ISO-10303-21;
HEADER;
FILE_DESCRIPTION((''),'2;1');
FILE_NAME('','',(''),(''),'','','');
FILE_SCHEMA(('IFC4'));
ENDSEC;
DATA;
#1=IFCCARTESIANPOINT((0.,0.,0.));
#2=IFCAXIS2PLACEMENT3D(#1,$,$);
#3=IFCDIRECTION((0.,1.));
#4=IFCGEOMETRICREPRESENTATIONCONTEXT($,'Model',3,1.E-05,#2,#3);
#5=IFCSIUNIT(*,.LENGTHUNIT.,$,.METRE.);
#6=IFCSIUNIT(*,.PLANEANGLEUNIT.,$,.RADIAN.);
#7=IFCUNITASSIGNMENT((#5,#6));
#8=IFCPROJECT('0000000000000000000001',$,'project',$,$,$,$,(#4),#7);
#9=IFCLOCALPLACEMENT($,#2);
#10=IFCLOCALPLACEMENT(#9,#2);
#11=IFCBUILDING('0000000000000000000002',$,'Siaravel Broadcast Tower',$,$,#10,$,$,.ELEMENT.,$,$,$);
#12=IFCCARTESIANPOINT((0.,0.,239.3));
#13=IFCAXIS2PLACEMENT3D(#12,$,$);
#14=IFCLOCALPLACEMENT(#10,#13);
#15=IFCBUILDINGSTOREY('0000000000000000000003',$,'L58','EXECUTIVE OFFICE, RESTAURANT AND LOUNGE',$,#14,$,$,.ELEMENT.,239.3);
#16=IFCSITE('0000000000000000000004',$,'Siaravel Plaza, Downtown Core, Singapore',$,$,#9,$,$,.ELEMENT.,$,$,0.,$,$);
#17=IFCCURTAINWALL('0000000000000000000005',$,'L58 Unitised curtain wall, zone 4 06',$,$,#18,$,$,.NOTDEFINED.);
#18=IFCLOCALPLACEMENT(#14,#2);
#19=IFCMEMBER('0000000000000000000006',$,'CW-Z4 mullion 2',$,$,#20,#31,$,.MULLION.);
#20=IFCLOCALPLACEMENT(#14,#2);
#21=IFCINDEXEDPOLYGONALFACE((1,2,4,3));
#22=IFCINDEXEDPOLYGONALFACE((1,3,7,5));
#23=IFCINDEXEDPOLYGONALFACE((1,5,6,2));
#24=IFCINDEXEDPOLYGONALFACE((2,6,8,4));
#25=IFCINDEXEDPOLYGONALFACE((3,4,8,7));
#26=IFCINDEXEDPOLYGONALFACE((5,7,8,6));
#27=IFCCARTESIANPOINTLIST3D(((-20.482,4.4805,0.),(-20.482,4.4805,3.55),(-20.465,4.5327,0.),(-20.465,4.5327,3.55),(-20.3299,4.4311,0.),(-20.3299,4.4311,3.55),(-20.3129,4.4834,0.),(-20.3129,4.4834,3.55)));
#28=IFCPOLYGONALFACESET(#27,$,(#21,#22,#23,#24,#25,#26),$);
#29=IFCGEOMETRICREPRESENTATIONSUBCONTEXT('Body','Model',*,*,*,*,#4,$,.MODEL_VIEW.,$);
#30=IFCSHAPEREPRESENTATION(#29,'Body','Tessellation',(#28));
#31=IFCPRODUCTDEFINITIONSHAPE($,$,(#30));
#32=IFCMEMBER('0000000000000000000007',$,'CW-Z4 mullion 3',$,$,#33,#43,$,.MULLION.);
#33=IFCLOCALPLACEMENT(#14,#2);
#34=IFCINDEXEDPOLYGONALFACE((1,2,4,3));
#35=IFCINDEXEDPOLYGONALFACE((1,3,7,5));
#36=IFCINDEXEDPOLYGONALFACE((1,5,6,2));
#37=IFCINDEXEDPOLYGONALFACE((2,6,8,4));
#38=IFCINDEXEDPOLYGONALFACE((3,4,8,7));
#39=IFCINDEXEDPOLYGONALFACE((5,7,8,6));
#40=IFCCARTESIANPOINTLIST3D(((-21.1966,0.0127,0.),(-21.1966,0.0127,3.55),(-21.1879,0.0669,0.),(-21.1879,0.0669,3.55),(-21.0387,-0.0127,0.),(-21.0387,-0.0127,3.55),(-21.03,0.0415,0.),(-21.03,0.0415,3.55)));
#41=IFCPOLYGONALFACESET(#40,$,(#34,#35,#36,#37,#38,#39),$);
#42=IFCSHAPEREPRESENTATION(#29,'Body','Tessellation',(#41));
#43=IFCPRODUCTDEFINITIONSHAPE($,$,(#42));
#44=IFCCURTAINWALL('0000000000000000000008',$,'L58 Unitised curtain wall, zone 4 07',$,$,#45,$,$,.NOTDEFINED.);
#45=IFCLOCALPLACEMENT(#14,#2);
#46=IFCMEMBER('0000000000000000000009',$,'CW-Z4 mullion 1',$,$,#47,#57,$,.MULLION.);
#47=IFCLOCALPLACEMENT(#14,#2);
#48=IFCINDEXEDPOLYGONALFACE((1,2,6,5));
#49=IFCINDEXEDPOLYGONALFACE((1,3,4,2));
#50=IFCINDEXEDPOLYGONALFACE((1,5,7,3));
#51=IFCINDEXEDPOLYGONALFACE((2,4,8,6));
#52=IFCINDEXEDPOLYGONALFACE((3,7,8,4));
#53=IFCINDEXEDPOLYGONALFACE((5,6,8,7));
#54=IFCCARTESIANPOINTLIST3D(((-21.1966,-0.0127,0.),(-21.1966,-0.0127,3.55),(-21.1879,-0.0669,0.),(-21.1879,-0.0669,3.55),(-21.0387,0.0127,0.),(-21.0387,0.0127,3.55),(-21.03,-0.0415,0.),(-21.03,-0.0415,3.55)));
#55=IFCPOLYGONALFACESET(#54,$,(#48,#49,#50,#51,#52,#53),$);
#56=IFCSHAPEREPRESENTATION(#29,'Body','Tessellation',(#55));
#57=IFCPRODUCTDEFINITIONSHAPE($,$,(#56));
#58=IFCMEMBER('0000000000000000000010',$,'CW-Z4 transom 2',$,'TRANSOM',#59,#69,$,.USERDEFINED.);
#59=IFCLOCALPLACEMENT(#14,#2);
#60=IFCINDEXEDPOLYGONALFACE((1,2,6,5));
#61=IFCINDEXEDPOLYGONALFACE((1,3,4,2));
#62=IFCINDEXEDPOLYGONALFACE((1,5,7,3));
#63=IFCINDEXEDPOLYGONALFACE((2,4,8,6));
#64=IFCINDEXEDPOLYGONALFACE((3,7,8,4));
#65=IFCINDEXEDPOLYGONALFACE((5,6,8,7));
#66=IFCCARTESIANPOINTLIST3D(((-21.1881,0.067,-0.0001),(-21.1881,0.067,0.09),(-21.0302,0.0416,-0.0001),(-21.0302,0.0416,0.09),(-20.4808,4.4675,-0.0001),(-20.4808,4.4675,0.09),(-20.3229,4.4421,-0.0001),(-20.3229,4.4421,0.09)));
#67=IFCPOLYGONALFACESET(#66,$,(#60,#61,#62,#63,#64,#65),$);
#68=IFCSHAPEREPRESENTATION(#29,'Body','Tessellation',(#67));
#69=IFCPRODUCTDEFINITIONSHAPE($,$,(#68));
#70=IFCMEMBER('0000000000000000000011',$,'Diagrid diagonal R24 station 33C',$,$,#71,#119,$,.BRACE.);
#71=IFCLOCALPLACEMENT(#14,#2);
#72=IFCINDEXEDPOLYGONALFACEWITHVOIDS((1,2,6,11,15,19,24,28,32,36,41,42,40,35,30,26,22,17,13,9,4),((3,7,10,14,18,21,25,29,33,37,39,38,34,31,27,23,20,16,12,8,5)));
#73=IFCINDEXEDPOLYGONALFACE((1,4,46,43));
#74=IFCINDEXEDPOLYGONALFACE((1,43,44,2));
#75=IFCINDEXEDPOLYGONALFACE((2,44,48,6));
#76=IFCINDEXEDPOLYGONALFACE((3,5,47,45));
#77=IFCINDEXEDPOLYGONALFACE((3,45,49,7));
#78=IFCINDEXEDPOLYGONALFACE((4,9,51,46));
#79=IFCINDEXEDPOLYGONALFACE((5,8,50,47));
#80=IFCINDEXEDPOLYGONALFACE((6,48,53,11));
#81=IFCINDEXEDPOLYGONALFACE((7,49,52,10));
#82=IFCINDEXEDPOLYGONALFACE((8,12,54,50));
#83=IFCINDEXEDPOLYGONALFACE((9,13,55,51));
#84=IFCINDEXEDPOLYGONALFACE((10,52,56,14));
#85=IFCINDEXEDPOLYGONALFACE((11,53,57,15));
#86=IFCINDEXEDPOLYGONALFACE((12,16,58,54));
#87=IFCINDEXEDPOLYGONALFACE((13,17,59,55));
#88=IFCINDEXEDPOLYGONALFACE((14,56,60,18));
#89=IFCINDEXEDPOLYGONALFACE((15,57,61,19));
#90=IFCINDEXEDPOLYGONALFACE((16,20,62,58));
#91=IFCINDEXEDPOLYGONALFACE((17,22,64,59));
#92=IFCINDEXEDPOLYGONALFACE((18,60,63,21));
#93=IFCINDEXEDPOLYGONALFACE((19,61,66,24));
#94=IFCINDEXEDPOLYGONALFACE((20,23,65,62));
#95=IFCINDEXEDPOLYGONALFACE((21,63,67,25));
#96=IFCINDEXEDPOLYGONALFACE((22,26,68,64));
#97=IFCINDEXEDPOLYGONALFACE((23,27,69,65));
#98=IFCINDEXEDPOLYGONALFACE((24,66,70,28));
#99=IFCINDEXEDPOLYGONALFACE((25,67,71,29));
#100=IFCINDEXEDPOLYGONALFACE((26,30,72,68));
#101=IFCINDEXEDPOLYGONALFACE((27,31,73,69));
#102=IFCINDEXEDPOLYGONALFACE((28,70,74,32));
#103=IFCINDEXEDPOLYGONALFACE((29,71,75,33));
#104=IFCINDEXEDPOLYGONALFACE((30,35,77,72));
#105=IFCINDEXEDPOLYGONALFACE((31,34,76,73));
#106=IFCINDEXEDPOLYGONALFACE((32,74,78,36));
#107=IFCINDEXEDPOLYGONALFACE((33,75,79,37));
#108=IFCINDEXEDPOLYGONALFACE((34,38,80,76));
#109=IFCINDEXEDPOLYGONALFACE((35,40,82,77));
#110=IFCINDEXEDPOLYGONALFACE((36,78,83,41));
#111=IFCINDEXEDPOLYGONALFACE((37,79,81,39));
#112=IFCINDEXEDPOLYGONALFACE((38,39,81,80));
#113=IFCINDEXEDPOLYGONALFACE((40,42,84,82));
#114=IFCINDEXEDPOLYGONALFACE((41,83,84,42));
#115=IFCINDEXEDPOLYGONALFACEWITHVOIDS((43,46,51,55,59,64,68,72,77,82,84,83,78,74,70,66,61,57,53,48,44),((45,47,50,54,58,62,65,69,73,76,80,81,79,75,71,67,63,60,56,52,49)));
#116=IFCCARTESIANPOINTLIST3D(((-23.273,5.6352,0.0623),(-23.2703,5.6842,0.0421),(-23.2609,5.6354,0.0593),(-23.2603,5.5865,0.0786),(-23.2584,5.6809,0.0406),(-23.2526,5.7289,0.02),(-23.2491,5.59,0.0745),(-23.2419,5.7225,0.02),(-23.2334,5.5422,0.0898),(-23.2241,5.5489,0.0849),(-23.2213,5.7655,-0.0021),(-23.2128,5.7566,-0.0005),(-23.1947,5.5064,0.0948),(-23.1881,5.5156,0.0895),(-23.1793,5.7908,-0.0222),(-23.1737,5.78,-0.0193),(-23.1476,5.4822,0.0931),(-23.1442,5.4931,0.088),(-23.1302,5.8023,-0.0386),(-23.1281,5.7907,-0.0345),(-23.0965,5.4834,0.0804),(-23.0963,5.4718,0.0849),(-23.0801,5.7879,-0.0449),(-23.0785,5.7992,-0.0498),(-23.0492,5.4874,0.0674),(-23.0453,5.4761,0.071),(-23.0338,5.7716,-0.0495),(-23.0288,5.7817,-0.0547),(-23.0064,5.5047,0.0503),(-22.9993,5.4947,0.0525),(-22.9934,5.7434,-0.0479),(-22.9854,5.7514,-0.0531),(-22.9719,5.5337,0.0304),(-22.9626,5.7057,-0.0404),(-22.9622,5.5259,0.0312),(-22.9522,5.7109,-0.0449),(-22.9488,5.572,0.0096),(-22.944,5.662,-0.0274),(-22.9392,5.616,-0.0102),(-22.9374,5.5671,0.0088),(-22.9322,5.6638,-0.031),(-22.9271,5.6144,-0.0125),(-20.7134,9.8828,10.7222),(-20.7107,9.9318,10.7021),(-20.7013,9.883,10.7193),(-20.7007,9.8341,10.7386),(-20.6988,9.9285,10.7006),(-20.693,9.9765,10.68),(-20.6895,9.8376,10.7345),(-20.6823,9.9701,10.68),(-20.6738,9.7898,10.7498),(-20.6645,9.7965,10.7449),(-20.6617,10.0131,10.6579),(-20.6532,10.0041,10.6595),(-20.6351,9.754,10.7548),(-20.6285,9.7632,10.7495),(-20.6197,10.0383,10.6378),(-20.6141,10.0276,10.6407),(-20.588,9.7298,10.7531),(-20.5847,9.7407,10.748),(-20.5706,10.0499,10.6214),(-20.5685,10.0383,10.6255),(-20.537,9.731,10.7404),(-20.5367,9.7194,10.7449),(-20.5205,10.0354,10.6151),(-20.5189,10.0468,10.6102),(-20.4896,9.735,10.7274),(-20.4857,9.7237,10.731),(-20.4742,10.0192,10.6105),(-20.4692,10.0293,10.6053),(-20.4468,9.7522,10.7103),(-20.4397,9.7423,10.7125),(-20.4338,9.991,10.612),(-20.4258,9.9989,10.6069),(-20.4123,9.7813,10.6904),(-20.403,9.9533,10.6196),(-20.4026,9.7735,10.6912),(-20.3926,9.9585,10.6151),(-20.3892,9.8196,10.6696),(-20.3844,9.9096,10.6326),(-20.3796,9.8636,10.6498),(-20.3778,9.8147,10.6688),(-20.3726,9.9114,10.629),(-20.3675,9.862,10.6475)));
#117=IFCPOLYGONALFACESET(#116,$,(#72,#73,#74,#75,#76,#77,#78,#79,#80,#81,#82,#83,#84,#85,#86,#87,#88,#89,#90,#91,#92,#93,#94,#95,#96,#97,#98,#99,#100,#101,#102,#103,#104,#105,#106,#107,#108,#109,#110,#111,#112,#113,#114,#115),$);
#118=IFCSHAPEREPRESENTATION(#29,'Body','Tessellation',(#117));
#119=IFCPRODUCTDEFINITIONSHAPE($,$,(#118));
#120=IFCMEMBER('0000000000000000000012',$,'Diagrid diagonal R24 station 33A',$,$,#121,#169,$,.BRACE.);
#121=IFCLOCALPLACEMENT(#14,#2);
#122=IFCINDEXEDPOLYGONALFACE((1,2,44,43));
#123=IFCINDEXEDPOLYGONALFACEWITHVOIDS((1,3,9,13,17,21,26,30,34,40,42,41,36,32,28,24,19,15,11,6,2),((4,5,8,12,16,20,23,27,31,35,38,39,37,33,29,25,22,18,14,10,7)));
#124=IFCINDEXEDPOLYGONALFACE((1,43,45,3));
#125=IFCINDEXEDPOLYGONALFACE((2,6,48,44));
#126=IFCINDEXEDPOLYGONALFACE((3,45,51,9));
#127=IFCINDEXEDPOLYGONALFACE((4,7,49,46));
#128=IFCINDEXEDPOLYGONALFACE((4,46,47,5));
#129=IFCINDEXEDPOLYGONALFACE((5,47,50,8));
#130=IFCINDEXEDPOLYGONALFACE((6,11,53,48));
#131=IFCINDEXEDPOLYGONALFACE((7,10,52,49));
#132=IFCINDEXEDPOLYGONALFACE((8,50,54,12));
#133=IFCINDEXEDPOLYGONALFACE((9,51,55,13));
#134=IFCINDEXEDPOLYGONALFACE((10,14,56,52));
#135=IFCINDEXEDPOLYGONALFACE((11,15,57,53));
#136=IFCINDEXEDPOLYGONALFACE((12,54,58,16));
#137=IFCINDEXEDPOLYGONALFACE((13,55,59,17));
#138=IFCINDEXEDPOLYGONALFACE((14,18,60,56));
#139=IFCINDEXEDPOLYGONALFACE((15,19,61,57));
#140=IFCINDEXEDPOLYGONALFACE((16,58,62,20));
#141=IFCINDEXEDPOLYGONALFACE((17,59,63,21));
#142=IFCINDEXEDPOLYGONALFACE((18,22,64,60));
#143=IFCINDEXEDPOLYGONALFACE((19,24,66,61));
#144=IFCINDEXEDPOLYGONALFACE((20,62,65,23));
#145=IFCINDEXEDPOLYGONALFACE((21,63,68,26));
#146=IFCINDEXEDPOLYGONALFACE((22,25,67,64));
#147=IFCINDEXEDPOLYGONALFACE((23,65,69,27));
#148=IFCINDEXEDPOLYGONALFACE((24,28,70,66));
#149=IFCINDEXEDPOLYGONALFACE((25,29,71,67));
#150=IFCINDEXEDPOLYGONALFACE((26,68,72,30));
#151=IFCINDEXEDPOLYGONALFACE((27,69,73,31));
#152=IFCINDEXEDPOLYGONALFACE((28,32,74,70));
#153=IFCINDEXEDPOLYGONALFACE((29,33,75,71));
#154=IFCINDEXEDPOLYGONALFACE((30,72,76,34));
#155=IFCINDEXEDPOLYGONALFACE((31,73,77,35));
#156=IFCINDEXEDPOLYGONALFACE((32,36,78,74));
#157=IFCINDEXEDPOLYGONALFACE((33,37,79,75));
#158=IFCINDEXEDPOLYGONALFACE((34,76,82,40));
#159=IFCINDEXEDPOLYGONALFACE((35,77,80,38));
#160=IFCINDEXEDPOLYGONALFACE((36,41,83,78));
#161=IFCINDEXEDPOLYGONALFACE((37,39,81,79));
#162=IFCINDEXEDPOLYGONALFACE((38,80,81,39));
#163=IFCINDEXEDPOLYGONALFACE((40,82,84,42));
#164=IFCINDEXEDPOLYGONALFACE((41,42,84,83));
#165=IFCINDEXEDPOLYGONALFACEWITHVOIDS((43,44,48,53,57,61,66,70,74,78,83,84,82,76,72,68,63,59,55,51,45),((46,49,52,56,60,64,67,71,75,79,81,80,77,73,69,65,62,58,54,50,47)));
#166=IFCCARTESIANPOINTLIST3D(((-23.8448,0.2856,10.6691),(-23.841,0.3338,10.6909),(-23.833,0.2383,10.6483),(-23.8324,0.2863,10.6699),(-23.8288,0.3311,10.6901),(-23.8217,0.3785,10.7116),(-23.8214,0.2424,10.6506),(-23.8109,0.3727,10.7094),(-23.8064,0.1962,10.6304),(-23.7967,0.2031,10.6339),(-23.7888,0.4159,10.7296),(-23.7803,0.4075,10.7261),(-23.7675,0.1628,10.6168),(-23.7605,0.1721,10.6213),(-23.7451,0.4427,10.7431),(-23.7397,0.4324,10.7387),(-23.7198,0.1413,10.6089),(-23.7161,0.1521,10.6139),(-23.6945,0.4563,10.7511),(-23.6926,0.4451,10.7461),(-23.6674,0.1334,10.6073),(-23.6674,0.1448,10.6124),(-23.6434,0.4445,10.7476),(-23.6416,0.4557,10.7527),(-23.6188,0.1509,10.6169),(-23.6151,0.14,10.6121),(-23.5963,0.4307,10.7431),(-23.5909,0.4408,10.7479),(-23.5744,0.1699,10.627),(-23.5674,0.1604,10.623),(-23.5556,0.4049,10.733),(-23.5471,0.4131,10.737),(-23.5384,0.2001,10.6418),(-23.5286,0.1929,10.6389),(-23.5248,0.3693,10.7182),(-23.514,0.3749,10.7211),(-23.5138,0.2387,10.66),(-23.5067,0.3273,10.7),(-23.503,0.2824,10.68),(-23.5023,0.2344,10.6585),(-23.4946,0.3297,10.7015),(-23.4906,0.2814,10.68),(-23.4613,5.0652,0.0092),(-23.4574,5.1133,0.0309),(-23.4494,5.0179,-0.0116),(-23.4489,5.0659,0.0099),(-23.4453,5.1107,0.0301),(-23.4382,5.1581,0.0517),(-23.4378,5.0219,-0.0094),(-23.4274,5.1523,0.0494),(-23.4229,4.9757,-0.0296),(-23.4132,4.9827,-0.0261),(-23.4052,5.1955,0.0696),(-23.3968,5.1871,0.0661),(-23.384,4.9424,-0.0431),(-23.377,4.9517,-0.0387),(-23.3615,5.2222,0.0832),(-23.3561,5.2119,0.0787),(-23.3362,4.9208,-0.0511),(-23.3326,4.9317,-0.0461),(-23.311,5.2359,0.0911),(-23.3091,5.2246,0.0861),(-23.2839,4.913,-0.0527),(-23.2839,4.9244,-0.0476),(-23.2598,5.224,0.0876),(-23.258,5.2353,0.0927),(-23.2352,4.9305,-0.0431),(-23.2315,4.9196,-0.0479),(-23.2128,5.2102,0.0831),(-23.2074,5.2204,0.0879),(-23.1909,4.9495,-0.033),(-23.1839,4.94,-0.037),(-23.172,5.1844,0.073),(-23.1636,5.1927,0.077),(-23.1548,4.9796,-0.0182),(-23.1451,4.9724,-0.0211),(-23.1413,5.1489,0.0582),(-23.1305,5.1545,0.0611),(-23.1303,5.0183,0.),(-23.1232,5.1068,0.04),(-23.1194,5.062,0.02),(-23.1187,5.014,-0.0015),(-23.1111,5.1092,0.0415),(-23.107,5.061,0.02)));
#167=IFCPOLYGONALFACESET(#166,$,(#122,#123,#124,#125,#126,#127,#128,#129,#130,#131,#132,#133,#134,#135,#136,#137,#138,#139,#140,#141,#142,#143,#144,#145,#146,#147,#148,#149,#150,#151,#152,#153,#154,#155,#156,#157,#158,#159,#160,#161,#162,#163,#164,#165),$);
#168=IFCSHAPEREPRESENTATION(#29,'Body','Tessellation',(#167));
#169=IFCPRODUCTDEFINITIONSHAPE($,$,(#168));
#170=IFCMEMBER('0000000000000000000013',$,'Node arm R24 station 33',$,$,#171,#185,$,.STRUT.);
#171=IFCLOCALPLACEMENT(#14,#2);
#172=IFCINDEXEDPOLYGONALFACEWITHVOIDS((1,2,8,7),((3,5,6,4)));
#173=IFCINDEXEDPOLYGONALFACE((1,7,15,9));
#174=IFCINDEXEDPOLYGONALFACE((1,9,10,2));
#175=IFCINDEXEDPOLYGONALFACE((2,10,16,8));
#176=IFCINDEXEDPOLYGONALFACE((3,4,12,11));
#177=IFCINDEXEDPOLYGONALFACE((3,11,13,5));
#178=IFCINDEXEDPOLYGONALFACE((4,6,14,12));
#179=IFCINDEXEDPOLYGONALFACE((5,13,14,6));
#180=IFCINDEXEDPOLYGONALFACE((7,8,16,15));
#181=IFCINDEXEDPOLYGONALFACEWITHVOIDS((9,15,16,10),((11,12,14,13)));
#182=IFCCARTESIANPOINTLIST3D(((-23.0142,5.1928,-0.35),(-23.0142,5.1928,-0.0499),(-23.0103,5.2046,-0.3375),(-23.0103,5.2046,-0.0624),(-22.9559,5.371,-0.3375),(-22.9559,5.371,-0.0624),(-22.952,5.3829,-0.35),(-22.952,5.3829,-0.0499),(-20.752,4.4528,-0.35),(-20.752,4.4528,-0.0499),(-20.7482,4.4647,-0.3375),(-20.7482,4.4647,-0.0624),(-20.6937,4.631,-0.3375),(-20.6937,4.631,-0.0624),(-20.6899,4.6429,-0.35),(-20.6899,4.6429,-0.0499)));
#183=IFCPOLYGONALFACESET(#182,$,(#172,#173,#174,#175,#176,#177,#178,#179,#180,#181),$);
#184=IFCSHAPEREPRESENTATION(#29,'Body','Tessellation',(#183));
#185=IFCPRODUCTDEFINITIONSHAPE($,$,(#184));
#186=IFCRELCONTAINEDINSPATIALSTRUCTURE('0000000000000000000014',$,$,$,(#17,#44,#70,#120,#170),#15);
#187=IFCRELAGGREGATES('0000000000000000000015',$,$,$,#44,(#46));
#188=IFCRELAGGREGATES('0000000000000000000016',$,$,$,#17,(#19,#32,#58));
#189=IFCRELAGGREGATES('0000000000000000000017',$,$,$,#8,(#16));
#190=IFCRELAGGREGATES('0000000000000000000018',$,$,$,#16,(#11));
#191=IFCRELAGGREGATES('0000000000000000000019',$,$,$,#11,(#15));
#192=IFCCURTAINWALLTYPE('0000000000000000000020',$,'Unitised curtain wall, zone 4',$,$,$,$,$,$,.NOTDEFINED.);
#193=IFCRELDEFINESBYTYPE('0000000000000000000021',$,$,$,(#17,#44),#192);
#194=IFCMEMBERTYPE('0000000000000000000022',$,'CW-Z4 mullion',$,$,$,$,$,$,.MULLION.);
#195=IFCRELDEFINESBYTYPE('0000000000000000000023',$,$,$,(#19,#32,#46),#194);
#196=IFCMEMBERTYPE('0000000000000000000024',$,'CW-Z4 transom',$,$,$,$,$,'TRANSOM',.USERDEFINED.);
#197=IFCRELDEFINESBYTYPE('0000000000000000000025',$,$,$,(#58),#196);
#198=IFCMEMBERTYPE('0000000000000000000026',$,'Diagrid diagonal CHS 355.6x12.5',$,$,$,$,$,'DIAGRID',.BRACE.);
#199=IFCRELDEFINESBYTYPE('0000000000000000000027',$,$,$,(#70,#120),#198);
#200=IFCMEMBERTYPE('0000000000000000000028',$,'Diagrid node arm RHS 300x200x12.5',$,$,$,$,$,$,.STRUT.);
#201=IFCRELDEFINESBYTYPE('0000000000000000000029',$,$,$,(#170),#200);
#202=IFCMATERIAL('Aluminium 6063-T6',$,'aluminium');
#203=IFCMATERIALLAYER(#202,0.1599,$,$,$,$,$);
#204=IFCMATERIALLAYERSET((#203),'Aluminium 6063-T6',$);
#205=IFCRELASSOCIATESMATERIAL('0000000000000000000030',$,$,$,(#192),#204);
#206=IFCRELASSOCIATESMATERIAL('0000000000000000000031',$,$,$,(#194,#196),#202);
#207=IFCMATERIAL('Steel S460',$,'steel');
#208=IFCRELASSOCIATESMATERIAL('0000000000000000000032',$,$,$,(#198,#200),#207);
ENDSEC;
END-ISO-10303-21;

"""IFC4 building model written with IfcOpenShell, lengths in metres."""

from ifc_helpers import new_model, si_unit, direction, frame, origin, origin_2d, place, context, subcontext, project, spatial, rectangle, hollow_rectangle, hollow_circle, extrude, material, layer, layer_set, material_profile, profile_set, type_object, element, aggregate, save


model = new_model("IFC4")

# Units and contexts
model_context = context("Model", 3, precision=1e-05, world=origin(), true_north=direction((0.0, 1.0)))
body_context = subcontext(model_context, "Body", "Model", "MODEL_VIEW")
ifc_project = project(units=[si_unit("LENGTHUNIT", "METRE"), si_unit("PLANEANGLEUNIT", "RADIAN")], contexts=[model_context])

# Site, building, storey
site_placement = place(None, origin())
site = spatial("IfcSite", under=ifc_project, at=site_placement, Name="Siaravel Plaza, Downtown Core, Singapore", CompositionType="ELEMENT", RefElevation=0.0)
building_placement = place(site_placement, origin())
building = spatial("IfcBuilding", under=site, at=building_placement, Name="Siaravel Broadcast Tower", CompositionType="ELEMENT")
storey_placement = place(building_placement, frame((0.0, 0.0, 239.3)))
storey = spatial("IfcBuildingStorey", under=building, at=storey_placement, Name="L58", Description="EXECUTIVE OFFICE, RESTAURANT AND LOUNGE", CompositionType="ELEMENT", Elevation=239.3)

# Curtain wall, members
ifc_material_1 = material(Name="Aluminium 6063-T6", Category="aluminium")
ifc_layer_1 = layer(ifc_material_1, 0.1599)
ifc_layer_set_1 = layer_set([ifc_layer_1], Name="Aluminium 6063-T6")
curtain_wall_type = type_object("IfcCurtainWallType", Name="Unitised curtain wall, zone 4", PredefinedType="NOTDEFINED", material=ifc_layer_set_1)
curtain_wall_1_placement = place(storey_placement, origin())
curtain_wall_1 = element("IfcCurtainWall", 1, at=curtain_wall_1_placement, inside=storey, type_object=curtain_wall_type, Name="L58 Unitised curtain wall, zone 4 06", PredefinedType="NOTDEFINED")
ifc_material_profile_1 = material_profile(ifc_material_1, rectangle(XDim=0.1599, YDim=0.0549, at=origin_2d()))
ifc_profile_set_1 = profile_set([ifc_material_profile_1], Name="Aluminium 6063-T6")
member_type_1 = type_object("IfcMemberType", Name="CW-Z4 mullion", PredefinedType="MULLION", material=ifc_profile_set_1)
member_1_placement = place(storey_placement, frame((-20.3975, 4.4819, 0.0), z_axis=(0.0, 0.0, 1.0), x_axis=(0.951178, -0.308644, 0.0)))
member_1 = element("IfcMember", 2, at=member_1_placement, type_object=member_type_1, Name="CW-Z4 mullion 2", PredefinedType="MULLION", context=body_context, shape_type="SweptSolid", body=[
    extrude(rectangle(XDim=0.1599, YDim=0.0549, at=origin_2d()), origin(), (0.0, 0.0, 1.0), 3.55),
])
member_2_placement = place(storey_placement, frame((-21.1133, 0.0271, 0.0), z_axis=(0.0, 0.0, 1.0), x_axis=(0.987329, -0.158685, 0.0)))
member_2 = element("IfcMember", 3, at=member_2_placement, type_object=member_type_1, Name="CW-Z4 mullion 3", PredefinedType="MULLION", context=body_context, shape_type="SweptSolid", body=[
    extrude(rectangle(XDim=0.1599, YDim=0.0549, at=origin_2d()), origin(), (0.0, 0.0, 1.0), 3.55),
])

# Curtain wall, member
curtain_wall_2_placement = place(storey_placement, origin())
curtain_wall_2 = element("IfcCurtainWall", 4, at=curtain_wall_2_placement, inside=storey, type_object=curtain_wall_type, Name="L58 Unitised curtain wall, zone 4 07", PredefinedType="NOTDEFINED")
member_3_placement = place(storey_placement, frame((-21.1133, -0.0271, 0.0), z_axis=(0.0, 0.0, 1.0), x_axis=(0.987329, 0.158685, 0.0)))
member_3 = element("IfcMember", 5, at=member_3_placement, type_object=member_type_1, Name="CW-Z4 mullion 1", PredefinedType="MULLION", context=body_context, shape_type="SweptSolid", body=[
    extrude(rectangle(XDim=0.1599, YDim=0.0549, at=origin_2d()), origin(), (0.0, 0.0, 1.0), 3.55),
])
aggregate(curtain_wall_2, [member_3])

# Member
ifc_material_profile_2 = material_profile(ifc_material_1, rectangle(XDim=0.1599, YDim=0.0901, at=origin_2d()))
ifc_profile_set_2 = profile_set([ifc_material_profile_2], Name="Aluminium 6063-T6")
member_type_2 = type_object("IfcMemberType", Name="CW-Z4 transom", ElementType="TRANSOM", PredefinedType="USERDEFINED", material=ifc_profile_set_2)
member_4_placement = place(storey_placement, frame((-20.4019, 4.4548, 0.0449), z_axis=(-0.158685, -0.987329, 0.0), x_axis=(0.987329, -0.158685, 0.0)))
member_4 = element("IfcMember", 6, at=member_4_placement, type_object=member_type_2, Name="CW-Z4 transom 2", ObjectType="TRANSOM", PredefinedType="USERDEFINED", context=body_context, shape_type="SweptSolid", body=[
    extrude(rectangle(XDim=0.1599, YDim=0.0901, at=origin_2d()), origin(), (0.0, 0.0, 1.0), 4.457),
])

# Members
ifc_material_2 = material(Name="Steel S460", Category="steel")
ifc_material_profile_3 = material_profile(ifc_material_2, hollow_circle(Radius=0.1777, WallThickness=0.0125, at=origin_2d()))
ifc_profile_set_3 = profile_set([ifc_material_profile_3], Name="Steel S460")
member_type_3 = type_object("IfcMemberType", Name="Diagrid diagonal CHS 355.6x12.5", ElementType="DIAGRID", PredefinedType="BRACE", material=ifc_profile_set_3)
member_5_placement = place(storey_placement, frame((-23.1003, 5.6372, 0.02), z_axis=(0.217706, 0.361279, 0.906687), x_axis=(-0.85651, 0.516131, 0.0)))
element("IfcMember", 7, at=member_5_placement, inside=storey, type_object=member_type_3, Name="Diagrid diagonal R24 station 33C", PredefinedType="BRACE", context=body_context, shape_type="SweptSolid", body=[
    extrude(hollow_circle(Radius=0.1777, WallThickness=0.0125, at=origin_2d()), origin(), (0.0, 0.0, 1.0), 11.7571),
])
member_6_placement = place(storey_placement, frame((-23.2842, 5.0752, 0.02), z_axis=(-0.032813, -0.408904, 0.911987), x_axis=(0.996796, -0.07999, 0.0)))
element("IfcMember", 8, at=member_6_placement, inside=storey, type_object=member_type_3, Name="Diagrid diagonal R24 station 33A", PredefinedType="BRACE", context=body_context, shape_type="SweptSolid", body=[
    extrude(hollow_circle(Radius=0.1777, WallThickness=0.0125, at=origin_2d()), origin(), (0.0, 0.0, 1.0), 11.6887),
])
ifc_material_profile_4 = material_profile(ifc_material_2, hollow_rectangle(XDim=0.2, YDim=0.3, WallThickness=0.0125, at=origin_2d()))
ifc_profile_set_4 = profile_set([ifc_material_profile_4], Name="Steel S460")
member_type_4 = type_object("IfcMemberType", Name="Diagrid node arm RHS 300x200x12.5", PredefinedType="STRUT", material=ifc_profile_set_4)
member_7_placement = place(storey_placement, frame((-20.7209, 4.5479, -0.2), z_axis=(-0.950443, 0.310899, 0.0), x_axis=(-0.310899, -0.950443, 0.0)))
element("IfcMember", 9, at=member_7_placement, inside=storey, type_object=member_type_4, Name="Node arm R24 station 33", PredefinedType="STRUT", context=body_context, shape_type="SweptSolid", body=[
    extrude(hollow_rectangle(XDim=0.2, YDim=0.3, WallThickness=0.0125, at=origin_2d()), origin(), (0.0, 0.0, 1.0), 2.3801),
])

aggregate(curtain_wall_1, [member_1, member_2, member_4])

save(model, "model.ifc")
